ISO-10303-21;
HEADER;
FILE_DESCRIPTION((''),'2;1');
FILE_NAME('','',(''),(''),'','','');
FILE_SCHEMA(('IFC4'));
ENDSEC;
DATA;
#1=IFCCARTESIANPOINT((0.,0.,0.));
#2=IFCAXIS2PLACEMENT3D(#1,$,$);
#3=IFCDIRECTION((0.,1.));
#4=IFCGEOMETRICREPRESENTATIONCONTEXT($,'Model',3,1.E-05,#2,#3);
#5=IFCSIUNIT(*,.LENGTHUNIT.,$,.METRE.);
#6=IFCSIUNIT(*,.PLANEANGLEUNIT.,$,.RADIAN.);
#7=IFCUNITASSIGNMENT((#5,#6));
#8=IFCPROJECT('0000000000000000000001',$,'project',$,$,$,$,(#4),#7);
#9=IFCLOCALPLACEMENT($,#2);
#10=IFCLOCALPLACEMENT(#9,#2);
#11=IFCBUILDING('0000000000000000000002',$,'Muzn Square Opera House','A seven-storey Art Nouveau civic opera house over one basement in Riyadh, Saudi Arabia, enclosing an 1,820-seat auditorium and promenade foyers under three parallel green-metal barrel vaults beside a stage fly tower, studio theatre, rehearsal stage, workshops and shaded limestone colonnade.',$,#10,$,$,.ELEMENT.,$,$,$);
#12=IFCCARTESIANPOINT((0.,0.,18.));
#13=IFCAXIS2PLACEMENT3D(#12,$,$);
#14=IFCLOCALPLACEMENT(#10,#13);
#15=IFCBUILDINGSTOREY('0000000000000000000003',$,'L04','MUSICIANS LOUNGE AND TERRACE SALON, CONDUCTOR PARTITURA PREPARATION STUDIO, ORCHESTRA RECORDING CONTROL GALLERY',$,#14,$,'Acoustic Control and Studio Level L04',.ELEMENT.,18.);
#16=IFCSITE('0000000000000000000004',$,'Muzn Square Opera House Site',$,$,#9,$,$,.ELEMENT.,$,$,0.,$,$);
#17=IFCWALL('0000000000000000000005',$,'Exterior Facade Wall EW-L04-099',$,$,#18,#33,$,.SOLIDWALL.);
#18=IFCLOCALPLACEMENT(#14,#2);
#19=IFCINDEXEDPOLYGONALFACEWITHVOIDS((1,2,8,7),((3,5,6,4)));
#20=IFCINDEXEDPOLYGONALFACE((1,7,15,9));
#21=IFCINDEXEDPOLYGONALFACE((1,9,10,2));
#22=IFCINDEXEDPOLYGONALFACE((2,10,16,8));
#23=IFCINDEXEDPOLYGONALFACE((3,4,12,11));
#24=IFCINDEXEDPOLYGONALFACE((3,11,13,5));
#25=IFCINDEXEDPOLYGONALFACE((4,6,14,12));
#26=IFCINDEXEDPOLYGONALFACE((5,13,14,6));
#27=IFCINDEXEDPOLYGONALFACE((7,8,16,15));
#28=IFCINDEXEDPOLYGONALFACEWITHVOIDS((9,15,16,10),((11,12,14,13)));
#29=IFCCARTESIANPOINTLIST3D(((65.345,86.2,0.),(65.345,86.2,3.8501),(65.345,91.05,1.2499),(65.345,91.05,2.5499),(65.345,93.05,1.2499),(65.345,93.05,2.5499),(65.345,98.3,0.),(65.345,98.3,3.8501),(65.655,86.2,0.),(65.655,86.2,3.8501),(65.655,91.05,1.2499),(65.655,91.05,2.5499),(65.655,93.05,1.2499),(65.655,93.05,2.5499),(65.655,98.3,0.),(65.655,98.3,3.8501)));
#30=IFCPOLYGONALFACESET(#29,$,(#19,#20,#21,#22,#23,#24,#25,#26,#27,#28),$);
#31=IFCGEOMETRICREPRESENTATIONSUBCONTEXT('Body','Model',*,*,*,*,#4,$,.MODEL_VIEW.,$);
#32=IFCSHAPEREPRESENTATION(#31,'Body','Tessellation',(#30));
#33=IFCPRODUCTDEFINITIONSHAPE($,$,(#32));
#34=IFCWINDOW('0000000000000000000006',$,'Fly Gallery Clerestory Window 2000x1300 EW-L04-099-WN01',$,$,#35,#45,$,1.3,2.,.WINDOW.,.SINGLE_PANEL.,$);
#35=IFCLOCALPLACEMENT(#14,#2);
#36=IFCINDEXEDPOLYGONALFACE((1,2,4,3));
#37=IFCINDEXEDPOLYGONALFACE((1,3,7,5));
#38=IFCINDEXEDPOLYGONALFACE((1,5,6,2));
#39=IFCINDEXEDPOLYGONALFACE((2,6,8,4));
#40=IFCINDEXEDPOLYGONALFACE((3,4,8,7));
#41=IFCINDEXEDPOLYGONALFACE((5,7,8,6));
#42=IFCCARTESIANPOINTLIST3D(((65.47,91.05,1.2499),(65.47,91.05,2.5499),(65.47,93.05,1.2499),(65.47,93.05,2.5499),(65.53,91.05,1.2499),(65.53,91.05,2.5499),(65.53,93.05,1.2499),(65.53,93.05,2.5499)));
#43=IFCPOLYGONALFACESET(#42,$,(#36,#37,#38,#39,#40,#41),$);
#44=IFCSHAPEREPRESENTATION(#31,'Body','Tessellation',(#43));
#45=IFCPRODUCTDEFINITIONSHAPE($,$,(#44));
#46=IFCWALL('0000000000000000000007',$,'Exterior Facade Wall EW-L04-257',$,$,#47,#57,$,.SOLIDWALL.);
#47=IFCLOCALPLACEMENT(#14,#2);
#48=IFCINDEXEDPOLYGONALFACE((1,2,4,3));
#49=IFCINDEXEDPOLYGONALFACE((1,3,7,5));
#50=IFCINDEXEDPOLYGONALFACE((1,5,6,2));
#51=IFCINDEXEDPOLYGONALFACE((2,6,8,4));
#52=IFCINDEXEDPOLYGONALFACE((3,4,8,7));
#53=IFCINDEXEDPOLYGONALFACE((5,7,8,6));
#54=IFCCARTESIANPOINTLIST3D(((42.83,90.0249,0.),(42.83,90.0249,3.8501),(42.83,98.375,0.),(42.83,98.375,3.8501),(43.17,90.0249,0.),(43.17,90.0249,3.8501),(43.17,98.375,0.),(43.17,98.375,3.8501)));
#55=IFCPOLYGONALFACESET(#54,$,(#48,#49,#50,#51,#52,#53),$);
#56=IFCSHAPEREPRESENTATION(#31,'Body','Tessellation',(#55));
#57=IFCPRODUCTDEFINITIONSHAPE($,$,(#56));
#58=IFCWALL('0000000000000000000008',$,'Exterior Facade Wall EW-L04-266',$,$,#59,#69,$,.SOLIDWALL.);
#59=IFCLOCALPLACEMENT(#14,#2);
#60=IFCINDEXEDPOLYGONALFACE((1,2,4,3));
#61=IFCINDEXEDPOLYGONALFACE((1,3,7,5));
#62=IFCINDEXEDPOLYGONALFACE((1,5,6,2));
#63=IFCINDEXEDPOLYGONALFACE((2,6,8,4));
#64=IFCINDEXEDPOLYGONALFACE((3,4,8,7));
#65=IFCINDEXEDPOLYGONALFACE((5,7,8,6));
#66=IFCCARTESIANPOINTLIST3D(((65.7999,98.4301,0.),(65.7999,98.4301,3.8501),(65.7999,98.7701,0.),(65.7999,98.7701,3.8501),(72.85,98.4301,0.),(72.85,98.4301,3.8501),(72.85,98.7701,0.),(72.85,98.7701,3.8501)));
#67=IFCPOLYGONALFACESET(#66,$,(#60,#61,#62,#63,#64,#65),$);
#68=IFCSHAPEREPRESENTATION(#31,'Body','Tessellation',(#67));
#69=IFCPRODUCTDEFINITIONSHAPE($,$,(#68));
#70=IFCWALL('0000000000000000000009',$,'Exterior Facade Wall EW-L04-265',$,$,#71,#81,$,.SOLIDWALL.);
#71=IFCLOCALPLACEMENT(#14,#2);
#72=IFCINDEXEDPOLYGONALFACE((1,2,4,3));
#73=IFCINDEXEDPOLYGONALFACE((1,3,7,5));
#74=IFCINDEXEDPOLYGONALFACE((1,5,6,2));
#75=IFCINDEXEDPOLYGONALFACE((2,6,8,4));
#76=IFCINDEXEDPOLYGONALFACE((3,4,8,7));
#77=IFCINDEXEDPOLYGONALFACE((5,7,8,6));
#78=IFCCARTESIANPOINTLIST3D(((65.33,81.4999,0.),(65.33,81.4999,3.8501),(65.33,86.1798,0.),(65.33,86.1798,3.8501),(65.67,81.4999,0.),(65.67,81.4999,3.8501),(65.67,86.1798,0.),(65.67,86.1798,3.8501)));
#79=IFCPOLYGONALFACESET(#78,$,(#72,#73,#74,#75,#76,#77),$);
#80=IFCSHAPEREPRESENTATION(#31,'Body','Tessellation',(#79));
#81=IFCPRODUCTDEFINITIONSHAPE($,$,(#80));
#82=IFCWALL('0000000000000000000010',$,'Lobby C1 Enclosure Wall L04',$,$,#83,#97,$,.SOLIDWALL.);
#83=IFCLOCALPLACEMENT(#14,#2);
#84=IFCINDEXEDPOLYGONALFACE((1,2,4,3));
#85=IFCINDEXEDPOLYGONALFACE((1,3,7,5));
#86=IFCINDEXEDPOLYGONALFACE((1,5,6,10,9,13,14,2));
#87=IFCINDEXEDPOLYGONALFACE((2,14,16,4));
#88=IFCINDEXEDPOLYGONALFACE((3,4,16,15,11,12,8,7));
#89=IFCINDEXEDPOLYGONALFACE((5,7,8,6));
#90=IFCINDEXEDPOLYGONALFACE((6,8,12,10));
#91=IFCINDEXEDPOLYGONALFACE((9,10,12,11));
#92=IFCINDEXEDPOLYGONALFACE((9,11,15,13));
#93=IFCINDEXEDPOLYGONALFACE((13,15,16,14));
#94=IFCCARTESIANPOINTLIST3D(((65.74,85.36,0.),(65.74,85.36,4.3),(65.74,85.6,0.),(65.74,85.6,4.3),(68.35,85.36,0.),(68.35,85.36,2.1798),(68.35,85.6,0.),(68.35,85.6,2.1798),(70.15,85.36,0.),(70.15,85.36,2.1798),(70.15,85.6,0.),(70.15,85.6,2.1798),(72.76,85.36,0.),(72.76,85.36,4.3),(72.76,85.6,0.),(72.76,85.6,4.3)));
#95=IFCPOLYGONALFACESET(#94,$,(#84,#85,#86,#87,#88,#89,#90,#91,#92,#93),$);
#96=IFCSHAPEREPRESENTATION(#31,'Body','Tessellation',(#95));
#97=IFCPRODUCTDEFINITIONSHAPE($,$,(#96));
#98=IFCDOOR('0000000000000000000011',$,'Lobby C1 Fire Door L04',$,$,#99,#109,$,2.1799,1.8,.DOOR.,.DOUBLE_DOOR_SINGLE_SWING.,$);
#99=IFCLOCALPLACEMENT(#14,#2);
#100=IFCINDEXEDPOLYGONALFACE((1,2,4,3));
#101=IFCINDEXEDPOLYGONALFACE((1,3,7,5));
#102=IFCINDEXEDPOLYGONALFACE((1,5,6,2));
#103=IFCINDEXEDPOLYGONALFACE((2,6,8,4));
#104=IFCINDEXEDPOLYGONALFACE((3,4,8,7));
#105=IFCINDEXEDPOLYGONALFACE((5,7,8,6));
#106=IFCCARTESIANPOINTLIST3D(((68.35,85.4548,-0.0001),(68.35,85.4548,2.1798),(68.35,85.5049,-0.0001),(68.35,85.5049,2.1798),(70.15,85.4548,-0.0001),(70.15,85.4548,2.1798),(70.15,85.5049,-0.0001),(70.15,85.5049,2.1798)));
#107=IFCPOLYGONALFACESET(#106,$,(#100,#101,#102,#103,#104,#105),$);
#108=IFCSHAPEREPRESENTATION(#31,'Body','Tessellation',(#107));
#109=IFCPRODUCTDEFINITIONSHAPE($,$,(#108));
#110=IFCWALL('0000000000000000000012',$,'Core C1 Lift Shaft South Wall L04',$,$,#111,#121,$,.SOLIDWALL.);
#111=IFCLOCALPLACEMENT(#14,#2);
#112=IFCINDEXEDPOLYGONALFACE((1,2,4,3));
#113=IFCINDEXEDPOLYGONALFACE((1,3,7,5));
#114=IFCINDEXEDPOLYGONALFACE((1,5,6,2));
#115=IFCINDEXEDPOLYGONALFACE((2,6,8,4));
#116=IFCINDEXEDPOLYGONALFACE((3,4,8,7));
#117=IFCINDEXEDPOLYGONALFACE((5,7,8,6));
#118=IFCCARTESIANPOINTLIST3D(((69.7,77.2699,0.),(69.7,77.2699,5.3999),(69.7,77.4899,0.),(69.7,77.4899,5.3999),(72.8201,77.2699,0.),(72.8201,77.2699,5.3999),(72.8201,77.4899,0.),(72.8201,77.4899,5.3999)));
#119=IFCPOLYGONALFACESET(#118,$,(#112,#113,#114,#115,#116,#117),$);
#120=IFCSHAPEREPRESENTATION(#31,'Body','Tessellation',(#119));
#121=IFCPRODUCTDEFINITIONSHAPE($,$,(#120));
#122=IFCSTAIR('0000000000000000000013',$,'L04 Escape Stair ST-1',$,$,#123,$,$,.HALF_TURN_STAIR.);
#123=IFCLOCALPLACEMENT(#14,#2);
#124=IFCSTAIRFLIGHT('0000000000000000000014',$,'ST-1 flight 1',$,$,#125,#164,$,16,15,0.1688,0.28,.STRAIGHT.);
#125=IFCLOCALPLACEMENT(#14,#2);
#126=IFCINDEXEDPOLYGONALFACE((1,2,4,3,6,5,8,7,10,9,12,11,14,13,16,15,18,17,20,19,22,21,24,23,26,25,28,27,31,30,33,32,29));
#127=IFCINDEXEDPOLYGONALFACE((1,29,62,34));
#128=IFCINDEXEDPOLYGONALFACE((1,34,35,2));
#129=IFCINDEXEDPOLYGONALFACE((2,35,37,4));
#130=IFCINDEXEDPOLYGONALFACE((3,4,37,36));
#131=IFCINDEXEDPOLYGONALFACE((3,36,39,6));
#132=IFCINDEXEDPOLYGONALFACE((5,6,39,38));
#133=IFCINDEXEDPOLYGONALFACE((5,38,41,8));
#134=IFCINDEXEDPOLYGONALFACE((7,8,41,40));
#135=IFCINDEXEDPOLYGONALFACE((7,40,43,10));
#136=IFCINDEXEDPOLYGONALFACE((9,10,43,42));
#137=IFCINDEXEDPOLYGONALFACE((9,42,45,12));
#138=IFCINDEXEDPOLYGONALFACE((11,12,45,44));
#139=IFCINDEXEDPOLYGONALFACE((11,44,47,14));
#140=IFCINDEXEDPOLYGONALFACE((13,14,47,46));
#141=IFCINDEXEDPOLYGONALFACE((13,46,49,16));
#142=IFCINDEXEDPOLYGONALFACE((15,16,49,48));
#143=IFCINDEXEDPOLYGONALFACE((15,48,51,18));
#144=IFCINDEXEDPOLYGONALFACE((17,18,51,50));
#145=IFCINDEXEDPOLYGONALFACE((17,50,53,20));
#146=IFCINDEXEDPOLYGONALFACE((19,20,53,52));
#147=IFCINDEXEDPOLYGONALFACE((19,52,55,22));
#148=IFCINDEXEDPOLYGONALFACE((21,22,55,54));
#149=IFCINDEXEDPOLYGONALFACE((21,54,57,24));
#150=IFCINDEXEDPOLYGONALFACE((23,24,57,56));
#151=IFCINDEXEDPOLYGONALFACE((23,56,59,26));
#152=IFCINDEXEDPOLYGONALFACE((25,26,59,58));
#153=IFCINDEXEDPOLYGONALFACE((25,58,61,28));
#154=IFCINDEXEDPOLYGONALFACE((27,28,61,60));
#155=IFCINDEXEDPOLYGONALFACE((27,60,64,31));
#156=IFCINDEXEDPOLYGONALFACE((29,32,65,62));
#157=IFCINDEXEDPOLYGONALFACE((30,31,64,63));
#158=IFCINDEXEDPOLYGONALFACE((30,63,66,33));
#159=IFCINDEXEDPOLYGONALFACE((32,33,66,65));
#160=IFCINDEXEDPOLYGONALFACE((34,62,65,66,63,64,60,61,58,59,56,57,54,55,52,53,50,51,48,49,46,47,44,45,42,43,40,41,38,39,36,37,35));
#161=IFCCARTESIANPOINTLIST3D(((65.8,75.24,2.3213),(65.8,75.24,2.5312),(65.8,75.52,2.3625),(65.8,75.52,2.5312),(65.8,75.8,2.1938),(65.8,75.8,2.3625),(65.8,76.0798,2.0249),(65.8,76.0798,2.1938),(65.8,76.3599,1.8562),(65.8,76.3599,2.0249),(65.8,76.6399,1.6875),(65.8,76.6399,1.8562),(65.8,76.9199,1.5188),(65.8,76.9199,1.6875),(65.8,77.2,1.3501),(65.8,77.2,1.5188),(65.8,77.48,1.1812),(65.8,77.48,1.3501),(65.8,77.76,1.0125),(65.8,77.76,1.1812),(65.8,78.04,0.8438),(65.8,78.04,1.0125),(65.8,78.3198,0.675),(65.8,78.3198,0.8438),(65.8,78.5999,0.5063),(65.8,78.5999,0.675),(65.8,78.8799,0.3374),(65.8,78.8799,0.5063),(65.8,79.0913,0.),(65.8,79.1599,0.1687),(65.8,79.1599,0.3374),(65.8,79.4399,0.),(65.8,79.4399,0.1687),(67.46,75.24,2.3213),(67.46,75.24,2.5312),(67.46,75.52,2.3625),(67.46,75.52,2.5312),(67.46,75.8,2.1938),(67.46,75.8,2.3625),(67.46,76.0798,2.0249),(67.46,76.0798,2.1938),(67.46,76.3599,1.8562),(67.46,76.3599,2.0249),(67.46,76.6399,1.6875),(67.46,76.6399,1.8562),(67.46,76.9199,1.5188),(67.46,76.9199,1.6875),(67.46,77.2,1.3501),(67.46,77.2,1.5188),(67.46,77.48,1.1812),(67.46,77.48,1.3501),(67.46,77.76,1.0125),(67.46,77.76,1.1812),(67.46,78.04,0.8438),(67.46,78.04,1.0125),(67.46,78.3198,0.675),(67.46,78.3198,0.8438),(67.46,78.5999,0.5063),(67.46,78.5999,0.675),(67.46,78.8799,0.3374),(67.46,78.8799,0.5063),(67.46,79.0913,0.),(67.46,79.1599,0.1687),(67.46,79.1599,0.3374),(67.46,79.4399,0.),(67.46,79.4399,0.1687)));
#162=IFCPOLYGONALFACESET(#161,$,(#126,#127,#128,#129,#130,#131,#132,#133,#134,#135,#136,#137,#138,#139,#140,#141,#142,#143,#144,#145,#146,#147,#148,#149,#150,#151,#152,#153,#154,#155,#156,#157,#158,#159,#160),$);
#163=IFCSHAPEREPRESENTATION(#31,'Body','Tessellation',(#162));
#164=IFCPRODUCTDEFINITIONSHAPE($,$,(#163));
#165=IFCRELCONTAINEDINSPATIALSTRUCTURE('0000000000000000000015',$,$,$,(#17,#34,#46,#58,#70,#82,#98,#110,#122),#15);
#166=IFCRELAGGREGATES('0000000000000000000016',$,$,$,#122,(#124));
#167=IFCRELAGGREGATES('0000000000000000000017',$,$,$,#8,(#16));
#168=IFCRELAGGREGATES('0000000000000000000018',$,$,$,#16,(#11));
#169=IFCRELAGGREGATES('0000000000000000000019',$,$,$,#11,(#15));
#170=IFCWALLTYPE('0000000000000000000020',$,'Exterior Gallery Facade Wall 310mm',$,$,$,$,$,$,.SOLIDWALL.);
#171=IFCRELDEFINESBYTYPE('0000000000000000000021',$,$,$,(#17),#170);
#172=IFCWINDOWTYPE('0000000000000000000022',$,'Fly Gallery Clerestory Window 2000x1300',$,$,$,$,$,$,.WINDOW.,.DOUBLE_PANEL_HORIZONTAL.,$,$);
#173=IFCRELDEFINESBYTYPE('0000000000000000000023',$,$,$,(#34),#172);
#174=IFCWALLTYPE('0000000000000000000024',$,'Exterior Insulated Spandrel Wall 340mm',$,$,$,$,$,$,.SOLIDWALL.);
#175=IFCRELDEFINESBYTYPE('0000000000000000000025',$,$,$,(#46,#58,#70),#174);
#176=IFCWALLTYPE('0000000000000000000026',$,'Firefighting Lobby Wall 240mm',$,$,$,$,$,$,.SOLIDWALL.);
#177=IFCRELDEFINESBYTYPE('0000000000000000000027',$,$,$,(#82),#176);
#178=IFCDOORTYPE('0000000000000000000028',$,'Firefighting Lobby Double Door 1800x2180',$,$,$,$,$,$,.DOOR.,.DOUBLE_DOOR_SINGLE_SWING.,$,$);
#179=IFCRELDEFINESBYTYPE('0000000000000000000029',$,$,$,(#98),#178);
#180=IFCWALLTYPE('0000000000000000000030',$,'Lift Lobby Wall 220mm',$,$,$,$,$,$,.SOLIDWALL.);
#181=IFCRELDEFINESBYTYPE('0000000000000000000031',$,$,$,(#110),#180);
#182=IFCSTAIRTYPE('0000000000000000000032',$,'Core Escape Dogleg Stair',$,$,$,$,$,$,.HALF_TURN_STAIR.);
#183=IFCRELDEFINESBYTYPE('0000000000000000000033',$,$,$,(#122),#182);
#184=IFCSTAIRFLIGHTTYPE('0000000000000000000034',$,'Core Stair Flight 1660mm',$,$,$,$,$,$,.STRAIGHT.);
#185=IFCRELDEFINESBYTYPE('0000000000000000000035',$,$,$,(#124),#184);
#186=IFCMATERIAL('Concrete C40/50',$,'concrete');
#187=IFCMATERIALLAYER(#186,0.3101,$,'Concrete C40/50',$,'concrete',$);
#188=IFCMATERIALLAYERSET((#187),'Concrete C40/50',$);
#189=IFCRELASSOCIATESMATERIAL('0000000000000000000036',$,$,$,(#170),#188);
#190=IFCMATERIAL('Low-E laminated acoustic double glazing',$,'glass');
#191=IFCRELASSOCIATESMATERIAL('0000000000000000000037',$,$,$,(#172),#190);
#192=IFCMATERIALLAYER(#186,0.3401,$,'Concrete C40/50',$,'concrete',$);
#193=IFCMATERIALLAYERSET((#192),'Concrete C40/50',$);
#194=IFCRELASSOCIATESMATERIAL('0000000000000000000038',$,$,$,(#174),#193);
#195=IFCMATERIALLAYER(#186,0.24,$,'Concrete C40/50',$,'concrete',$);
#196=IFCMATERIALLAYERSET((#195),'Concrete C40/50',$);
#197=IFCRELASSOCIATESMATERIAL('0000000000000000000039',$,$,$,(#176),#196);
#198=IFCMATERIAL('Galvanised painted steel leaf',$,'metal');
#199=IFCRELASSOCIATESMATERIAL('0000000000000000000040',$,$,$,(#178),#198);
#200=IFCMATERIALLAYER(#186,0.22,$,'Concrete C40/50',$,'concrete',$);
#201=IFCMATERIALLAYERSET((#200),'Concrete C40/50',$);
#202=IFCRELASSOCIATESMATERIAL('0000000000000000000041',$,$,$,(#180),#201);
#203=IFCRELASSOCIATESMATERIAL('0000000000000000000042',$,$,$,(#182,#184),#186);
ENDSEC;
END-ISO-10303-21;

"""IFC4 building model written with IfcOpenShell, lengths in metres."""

from ifc_helpers import new_model, si_unit, direction, frame, frame_2d, origin, place, context, subcontext, project, spatial, polyline, rectangle, outline, extrude, material, layer, layer_set, type_object, element, fill, aggregate, save


model = new_model("IFC4")

# Units and contexts
model_context = context("Model", 3, precision=1e-05, world=origin(), true_north=direction((0.0, 1.0)))
body_context = subcontext(model_context, "Body", "Model", "MODEL_VIEW")
ifc_project = project(units=[si_unit("LENGTHUNIT", "METRE"), si_unit("PLANEANGLEUNIT", "RADIAN")], contexts=[model_context])

# Site, building, storey
site_placement = place(None, origin())
site = spatial("IfcSite", under=ifc_project, at=site_placement, Name="Muzn Square Opera House Site", CompositionType="ELEMENT", RefElevation=0.0)
building_placement = place(site_placement, origin())
building = spatial("IfcBuilding", under=site, at=building_placement, Name="Muzn Square Opera House", Description="A seven-storey Art Nouveau civic opera house over one basement in Riyadh, Saudi Arabia, enclosing an 1,820-seat auditorium and promenade foyers under three parallel green-metal barrel vaults beside a stage fly tower, studio theatre, rehearsal stage, workshops and shaded limestone colonnade.", CompositionType="ELEMENT")
storey_placement = place(building_placement, frame((0.0, 0.0, 18.0)))
storey = spatial("IfcBuildingStorey", under=building, at=storey_placement, Name="L04", Description="MUSICIANS LOUNGE AND TERRACE SALON, CONDUCTOR PARTITURA PREPARATION STUDIO, ORCHESTRA RECORDING CONTROL GALLERY", LongName="Acoustic Control and Studio Level L04", CompositionType="ELEMENT", Elevation=18.0)

# Shared definitions
ifc_material_1 = material(Name="Concrete C40/50", Category="concrete")

# Shared definitions
ifc_material_2 = material(Name="Galvanised painted steel leaf", Category="metal")

# Wall, opening, window
ifc_layer_1 = layer(ifc_material_1, 0.3101, Name="Concrete C40/50", Category="concrete")
ifc_layer_set_1 = layer_set([ifc_layer_1], Name="Concrete C40/50")
wall_type_1 = type_object("IfcWallType", Name="Exterior Gallery Facade Wall 310mm", PredefinedType="SOLIDWALL", material=ifc_layer_set_1)
wall_1_placement = place(storey_placement, frame((65.5, 86.2, 0.0), z_axis=(0.0, 0.0, 1.0), x_axis=(0.0, 1.0, 0.0)))
wall_1 = element("IfcWall", 1, at=wall_1_placement, inside=storey, type_object=wall_type_1, Name="Exterior Facade Wall EW-L04-099", PredefinedType="SOLIDWALL", context=body_context, shape_type="SweptSolid", body=[
    extrude(rectangle(XDim=12.1001, YDim=0.3101, at=frame_2d((6.05, 0.0))), origin(), (0.0, 0.0, 1.0), 3.8501),
])
opening_1_placement = place(wall_1_placement, frame((4.8501, 0.0, 1.25)))
opening_1 = element("IfcOpeningElement", 2, at=opening_1_placement, cuts=wall_1, PredefinedType="OPENING", context=body_context, shape_type="SweptSolid", body=[
    extrude(rectangle(XDim=2.0, YDim=1.3, at=frame_2d((1.0, 0.6499))), frame((0.0, 0.165, 0.0), z_axis=(0.0, -1.0, 0.0), x_axis=(1.0, 0.0, 0.0)), (0.0, 0.0, 1.0), 0.3301),
])
ifc_material_3 = material(Name="Low-E laminated acoustic double glazing", Category="glass")
window_type = type_object("IfcWindowType", Name="Fly Gallery Clerestory Window 2000x1300", PartitioningType="DOUBLE_PANEL_HORIZONTAL", PredefinedType="WINDOW", material=ifc_material_3)
window_placement = place(opening_1_placement, origin())
window = element("IfcWindow", 3, at=window_placement, inside=storey, type_object=window_type, Name="Fly Gallery Clerestory Window 2000x1300 EW-L04-099-WN01", OverallHeight=1.3, OverallWidth=2.0, PartitioningType="SINGLE_PANEL", PredefinedType="WINDOW", context=body_context, shape_type="SweptSolid", body=[
    extrude(rectangle(XDim=2.0, YDim=1.3, at=frame_2d((1.0, 0.6499))), frame((0.0, 0.03, 0.0), z_axis=(0.0, -1.0, 0.0), x_axis=(1.0, 0.0, 0.0)), (0.0, 0.0, 1.0), 0.0601),
])
fill(opening_1, window)

# Walls
ifc_layer_2 = layer(ifc_material_1, 0.3401, Name="Concrete C40/50", Category="concrete")
ifc_layer_set_2 = layer_set([ifc_layer_2], Name="Concrete C40/50")
wall_type_2 = type_object("IfcWallType", Name="Exterior Insulated Spandrel Wall 340mm", PredefinedType="SOLIDWALL", material=ifc_layer_set_2)
wall_2_placement = place(storey_placement, frame((43.0, 90.0249, 0.0), z_axis=(0.0, 0.0, 1.0), x_axis=(0.0, 1.0, 0.0)))
element("IfcWall", 4, at=wall_2_placement, inside=storey, type_object=wall_type_2, Name="Exterior Facade Wall EW-L04-257", PredefinedType="SOLIDWALL", context=body_context, shape_type="SweptSolid", body=[
    extrude(rectangle(XDim=8.3501, YDim=0.3401, at=frame_2d((4.175, 0.0))), origin(), (0.0, 0.0, 1.0), 3.8501),
])
wall_3_placement = place(storey_placement, frame((65.8, 98.6001, 0.0), z_axis=(0.0, 0.0, 1.0), x_axis=(1.0, 0.0, 0.0)))
element("IfcWall", 5, at=wall_3_placement, inside=storey, type_object=wall_type_2, Name="Exterior Facade Wall EW-L04-266", PredefinedType="SOLIDWALL", context=body_context, shape_type="SweptSolid", body=[
    extrude(rectangle(XDim=7.05, YDim=0.3401, at=frame_2d((3.5249, 0.0))), origin(), (0.0, 0.0, 1.0), 3.8501),
])
wall_4_placement = place(storey_placement, frame((65.5, 81.5, 0.0), z_axis=(0.0, 0.0, 1.0), x_axis=(0.0, 1.0, 0.0)))
element("IfcWall", 6, at=wall_4_placement, inside=storey, type_object=wall_type_2, Name="Exterior Facade Wall EW-L04-265", PredefinedType="SOLIDWALL", context=body_context, shape_type="SweptSolid", body=[
    extrude(rectangle(XDim=4.6799, YDim=0.3401, at=frame_2d((2.3398, 0.0))), origin(), (0.0, 0.0, 1.0), 3.8501),
])

# Wall, opening, door
ifc_layer_3 = layer(ifc_material_1, 0.24, Name="Concrete C40/50", Category="concrete")
ifc_layer_set_3 = layer_set([ifc_layer_3], Name="Concrete C40/50")
wall_type_3 = type_object("IfcWallType", Name="Firefighting Lobby Wall 240mm", PredefinedType="SOLIDWALL", material=ifc_layer_set_3)
wall_5_placement = place(storey_placement, frame((65.74, 85.48, 0.0), z_axis=(0.0, 0.0, 1.0), x_axis=(1.0, 0.0, 0.0)))
wall_5 = element("IfcWall", 7, at=wall_5_placement, inside=storey, type_object=wall_type_3, Name="Lobby C1 Enclosure Wall L04", PredefinedType="SOLIDWALL", context=body_context, shape_type="SweptSolid", body=[
    extrude(rectangle(XDim=7.02, YDim=0.24, at=frame_2d((3.51, 0.0))), origin(), (0.0, 0.0, 1.0), 4.3),
])
opening_2_placement = place(wall_5_placement, frame((2.6101, 0.0, 0.0)))
opening_2 = element("IfcOpeningElement", 8, at=opening_2_placement, cuts=wall_5, PredefinedType="OPENING", context=body_context, shape_type="SweptSolid", body=[
    extrude(rectangle(XDim=1.8, YDim=2.1799, at=frame_2d((0.8999, 1.0898))), frame((0.0, 0.1299, 0.0), z_axis=(0.0, -1.0, 0.0), x_axis=(1.0, 0.0, 0.0)), (0.0, 0.0, 1.0), 0.26),
])
door_type_1 = type_object("IfcDoorType", Name="Firefighting Lobby Double Door 1800x2180", OperationType="DOUBLE_DOOR_SINGLE_SWING", PredefinedType="DOOR", material=ifc_material_2)
door_1_placement = place(opening_2_placement, origin())
door_1 = element("IfcDoor", 9, at=door_1_placement, inside=storey, type_object=door_type_1, Name="Lobby C1 Fire Door L04", OperationType="DOUBLE_DOOR_SINGLE_SWING", OverallHeight=2.1799, OverallWidth=1.8, PredefinedType="DOOR", context=body_context, shape_type="SweptSolid", body=[
    extrude(rectangle(XDim=1.8, YDim=2.1799, at=frame_2d((0.8999, 1.0898))), frame((0.0, 0.0249, 0.0), z_axis=(0.0, -1.0, 0.0), x_axis=(1.0, 0.0, 0.0)), (0.0, 0.0, 1.0), 0.05),
])
fill(opening_2, door_1)

# Wall
ifc_layer_4 = layer(ifc_material_1, 0.22, Name="Concrete C40/50", Category="concrete")
ifc_layer_set_4 = layer_set([ifc_layer_4], Name="Concrete C40/50")
wall_type_4 = type_object("IfcWallType", Name="Lift Lobby Wall 220mm", PredefinedType="SOLIDWALL", material=ifc_layer_set_4)
wall_6_placement = place(storey_placement, frame((69.7, 77.3799, 0.0), z_axis=(0.0, 0.0, 1.0), x_axis=(1.0, 0.0, 0.0)))
element("IfcWall", 10, at=wall_6_placement, inside=storey, type_object=wall_type_4, Name="Core C1 Lift Shaft South Wall L04", PredefinedType="SOLIDWALL", context=body_context, shape_type="SweptSolid", body=[
    extrude(rectangle(XDim=3.1201, YDim=0.22, at=frame_2d((1.5601, 0.0))), origin(), (0.0, 0.0, 1.0), 5.3999),
])

# Stair, stair flight
stair_type = type_object("IfcStairType", Name="Core Escape Dogleg Stair", PredefinedType="HALF_TURN_STAIR", material=ifc_material_1)
stair_placement = place(storey_placement, origin())
stair = element("IfcStair", 11, at=stair_placement, inside=storey, type_object=stair_type, Name="L04 Escape Stair ST-1", PredefinedType="HALF_TURN_STAIR")
stair_flight_type = type_object("IfcStairFlightType", Name="Core Stair Flight 1660mm", PredefinedType="STRAIGHT", material=ifc_material_1)
stair_flight_placement = place(storey_placement, frame((66.6299, 79.4399, 0.0), z_axis=(0.0, 0.0, 1.0), x_axis=(0.0, -1.0, 0.0)))
stair_flight = element("IfcStairFlight", 12, at=stair_flight_placement, type_object=stair_flight_type, Name="ST-1 flight 1", NumberOfRisers=16, NumberOfTreads=15, PredefinedType="STRAIGHT", RiserHeight=0.1688, TreadLength=0.28, context=body_context, shape_type="SweptSolid", body=[
    extrude(outline(polyline([(0.0, 0.0), (0.0, 0.1687), (0.28, 0.1687), (0.28, 0.3374), (0.5601, 0.3374), (0.5601, 0.5063), (0.8401, 0.5063), (0.8401, 0.675), (1.1201, 0.675), (1.1201, 0.8438), (1.3999, 0.8438), (1.3999, 1.0125), (1.6799, 1.0125), (1.6799, 1.1812), (1.96, 1.1812), (1.96, 1.3501), (2.24, 1.3501), (2.24, 1.5188), (2.52, 1.5188), (2.52, 1.6875), (2.8, 1.6875), (2.8, 1.8562), (3.0801, 1.8562), (3.0801, 2.0249), (3.3601, 2.0249), (3.3601, 2.1938), (3.6399, 2.1938), (3.6399, 2.3625), (3.9199, 2.3625), (3.9199, 2.5312), (4.2, 2.5312), (4.2, 2.7), (4.2, 2.3213), (0.3486, 0.0), (0.0, 0.0)])), frame((0.0, 0.8301, 0.0), z_axis=(0.0, -1.0, 0.0), x_axis=(1.0, 0.0, 0.0)), (0.0, 0.0, 1.0), 1.6599),
])
aggregate(stair, [stair_flight])

save(model, "model.ifc")
